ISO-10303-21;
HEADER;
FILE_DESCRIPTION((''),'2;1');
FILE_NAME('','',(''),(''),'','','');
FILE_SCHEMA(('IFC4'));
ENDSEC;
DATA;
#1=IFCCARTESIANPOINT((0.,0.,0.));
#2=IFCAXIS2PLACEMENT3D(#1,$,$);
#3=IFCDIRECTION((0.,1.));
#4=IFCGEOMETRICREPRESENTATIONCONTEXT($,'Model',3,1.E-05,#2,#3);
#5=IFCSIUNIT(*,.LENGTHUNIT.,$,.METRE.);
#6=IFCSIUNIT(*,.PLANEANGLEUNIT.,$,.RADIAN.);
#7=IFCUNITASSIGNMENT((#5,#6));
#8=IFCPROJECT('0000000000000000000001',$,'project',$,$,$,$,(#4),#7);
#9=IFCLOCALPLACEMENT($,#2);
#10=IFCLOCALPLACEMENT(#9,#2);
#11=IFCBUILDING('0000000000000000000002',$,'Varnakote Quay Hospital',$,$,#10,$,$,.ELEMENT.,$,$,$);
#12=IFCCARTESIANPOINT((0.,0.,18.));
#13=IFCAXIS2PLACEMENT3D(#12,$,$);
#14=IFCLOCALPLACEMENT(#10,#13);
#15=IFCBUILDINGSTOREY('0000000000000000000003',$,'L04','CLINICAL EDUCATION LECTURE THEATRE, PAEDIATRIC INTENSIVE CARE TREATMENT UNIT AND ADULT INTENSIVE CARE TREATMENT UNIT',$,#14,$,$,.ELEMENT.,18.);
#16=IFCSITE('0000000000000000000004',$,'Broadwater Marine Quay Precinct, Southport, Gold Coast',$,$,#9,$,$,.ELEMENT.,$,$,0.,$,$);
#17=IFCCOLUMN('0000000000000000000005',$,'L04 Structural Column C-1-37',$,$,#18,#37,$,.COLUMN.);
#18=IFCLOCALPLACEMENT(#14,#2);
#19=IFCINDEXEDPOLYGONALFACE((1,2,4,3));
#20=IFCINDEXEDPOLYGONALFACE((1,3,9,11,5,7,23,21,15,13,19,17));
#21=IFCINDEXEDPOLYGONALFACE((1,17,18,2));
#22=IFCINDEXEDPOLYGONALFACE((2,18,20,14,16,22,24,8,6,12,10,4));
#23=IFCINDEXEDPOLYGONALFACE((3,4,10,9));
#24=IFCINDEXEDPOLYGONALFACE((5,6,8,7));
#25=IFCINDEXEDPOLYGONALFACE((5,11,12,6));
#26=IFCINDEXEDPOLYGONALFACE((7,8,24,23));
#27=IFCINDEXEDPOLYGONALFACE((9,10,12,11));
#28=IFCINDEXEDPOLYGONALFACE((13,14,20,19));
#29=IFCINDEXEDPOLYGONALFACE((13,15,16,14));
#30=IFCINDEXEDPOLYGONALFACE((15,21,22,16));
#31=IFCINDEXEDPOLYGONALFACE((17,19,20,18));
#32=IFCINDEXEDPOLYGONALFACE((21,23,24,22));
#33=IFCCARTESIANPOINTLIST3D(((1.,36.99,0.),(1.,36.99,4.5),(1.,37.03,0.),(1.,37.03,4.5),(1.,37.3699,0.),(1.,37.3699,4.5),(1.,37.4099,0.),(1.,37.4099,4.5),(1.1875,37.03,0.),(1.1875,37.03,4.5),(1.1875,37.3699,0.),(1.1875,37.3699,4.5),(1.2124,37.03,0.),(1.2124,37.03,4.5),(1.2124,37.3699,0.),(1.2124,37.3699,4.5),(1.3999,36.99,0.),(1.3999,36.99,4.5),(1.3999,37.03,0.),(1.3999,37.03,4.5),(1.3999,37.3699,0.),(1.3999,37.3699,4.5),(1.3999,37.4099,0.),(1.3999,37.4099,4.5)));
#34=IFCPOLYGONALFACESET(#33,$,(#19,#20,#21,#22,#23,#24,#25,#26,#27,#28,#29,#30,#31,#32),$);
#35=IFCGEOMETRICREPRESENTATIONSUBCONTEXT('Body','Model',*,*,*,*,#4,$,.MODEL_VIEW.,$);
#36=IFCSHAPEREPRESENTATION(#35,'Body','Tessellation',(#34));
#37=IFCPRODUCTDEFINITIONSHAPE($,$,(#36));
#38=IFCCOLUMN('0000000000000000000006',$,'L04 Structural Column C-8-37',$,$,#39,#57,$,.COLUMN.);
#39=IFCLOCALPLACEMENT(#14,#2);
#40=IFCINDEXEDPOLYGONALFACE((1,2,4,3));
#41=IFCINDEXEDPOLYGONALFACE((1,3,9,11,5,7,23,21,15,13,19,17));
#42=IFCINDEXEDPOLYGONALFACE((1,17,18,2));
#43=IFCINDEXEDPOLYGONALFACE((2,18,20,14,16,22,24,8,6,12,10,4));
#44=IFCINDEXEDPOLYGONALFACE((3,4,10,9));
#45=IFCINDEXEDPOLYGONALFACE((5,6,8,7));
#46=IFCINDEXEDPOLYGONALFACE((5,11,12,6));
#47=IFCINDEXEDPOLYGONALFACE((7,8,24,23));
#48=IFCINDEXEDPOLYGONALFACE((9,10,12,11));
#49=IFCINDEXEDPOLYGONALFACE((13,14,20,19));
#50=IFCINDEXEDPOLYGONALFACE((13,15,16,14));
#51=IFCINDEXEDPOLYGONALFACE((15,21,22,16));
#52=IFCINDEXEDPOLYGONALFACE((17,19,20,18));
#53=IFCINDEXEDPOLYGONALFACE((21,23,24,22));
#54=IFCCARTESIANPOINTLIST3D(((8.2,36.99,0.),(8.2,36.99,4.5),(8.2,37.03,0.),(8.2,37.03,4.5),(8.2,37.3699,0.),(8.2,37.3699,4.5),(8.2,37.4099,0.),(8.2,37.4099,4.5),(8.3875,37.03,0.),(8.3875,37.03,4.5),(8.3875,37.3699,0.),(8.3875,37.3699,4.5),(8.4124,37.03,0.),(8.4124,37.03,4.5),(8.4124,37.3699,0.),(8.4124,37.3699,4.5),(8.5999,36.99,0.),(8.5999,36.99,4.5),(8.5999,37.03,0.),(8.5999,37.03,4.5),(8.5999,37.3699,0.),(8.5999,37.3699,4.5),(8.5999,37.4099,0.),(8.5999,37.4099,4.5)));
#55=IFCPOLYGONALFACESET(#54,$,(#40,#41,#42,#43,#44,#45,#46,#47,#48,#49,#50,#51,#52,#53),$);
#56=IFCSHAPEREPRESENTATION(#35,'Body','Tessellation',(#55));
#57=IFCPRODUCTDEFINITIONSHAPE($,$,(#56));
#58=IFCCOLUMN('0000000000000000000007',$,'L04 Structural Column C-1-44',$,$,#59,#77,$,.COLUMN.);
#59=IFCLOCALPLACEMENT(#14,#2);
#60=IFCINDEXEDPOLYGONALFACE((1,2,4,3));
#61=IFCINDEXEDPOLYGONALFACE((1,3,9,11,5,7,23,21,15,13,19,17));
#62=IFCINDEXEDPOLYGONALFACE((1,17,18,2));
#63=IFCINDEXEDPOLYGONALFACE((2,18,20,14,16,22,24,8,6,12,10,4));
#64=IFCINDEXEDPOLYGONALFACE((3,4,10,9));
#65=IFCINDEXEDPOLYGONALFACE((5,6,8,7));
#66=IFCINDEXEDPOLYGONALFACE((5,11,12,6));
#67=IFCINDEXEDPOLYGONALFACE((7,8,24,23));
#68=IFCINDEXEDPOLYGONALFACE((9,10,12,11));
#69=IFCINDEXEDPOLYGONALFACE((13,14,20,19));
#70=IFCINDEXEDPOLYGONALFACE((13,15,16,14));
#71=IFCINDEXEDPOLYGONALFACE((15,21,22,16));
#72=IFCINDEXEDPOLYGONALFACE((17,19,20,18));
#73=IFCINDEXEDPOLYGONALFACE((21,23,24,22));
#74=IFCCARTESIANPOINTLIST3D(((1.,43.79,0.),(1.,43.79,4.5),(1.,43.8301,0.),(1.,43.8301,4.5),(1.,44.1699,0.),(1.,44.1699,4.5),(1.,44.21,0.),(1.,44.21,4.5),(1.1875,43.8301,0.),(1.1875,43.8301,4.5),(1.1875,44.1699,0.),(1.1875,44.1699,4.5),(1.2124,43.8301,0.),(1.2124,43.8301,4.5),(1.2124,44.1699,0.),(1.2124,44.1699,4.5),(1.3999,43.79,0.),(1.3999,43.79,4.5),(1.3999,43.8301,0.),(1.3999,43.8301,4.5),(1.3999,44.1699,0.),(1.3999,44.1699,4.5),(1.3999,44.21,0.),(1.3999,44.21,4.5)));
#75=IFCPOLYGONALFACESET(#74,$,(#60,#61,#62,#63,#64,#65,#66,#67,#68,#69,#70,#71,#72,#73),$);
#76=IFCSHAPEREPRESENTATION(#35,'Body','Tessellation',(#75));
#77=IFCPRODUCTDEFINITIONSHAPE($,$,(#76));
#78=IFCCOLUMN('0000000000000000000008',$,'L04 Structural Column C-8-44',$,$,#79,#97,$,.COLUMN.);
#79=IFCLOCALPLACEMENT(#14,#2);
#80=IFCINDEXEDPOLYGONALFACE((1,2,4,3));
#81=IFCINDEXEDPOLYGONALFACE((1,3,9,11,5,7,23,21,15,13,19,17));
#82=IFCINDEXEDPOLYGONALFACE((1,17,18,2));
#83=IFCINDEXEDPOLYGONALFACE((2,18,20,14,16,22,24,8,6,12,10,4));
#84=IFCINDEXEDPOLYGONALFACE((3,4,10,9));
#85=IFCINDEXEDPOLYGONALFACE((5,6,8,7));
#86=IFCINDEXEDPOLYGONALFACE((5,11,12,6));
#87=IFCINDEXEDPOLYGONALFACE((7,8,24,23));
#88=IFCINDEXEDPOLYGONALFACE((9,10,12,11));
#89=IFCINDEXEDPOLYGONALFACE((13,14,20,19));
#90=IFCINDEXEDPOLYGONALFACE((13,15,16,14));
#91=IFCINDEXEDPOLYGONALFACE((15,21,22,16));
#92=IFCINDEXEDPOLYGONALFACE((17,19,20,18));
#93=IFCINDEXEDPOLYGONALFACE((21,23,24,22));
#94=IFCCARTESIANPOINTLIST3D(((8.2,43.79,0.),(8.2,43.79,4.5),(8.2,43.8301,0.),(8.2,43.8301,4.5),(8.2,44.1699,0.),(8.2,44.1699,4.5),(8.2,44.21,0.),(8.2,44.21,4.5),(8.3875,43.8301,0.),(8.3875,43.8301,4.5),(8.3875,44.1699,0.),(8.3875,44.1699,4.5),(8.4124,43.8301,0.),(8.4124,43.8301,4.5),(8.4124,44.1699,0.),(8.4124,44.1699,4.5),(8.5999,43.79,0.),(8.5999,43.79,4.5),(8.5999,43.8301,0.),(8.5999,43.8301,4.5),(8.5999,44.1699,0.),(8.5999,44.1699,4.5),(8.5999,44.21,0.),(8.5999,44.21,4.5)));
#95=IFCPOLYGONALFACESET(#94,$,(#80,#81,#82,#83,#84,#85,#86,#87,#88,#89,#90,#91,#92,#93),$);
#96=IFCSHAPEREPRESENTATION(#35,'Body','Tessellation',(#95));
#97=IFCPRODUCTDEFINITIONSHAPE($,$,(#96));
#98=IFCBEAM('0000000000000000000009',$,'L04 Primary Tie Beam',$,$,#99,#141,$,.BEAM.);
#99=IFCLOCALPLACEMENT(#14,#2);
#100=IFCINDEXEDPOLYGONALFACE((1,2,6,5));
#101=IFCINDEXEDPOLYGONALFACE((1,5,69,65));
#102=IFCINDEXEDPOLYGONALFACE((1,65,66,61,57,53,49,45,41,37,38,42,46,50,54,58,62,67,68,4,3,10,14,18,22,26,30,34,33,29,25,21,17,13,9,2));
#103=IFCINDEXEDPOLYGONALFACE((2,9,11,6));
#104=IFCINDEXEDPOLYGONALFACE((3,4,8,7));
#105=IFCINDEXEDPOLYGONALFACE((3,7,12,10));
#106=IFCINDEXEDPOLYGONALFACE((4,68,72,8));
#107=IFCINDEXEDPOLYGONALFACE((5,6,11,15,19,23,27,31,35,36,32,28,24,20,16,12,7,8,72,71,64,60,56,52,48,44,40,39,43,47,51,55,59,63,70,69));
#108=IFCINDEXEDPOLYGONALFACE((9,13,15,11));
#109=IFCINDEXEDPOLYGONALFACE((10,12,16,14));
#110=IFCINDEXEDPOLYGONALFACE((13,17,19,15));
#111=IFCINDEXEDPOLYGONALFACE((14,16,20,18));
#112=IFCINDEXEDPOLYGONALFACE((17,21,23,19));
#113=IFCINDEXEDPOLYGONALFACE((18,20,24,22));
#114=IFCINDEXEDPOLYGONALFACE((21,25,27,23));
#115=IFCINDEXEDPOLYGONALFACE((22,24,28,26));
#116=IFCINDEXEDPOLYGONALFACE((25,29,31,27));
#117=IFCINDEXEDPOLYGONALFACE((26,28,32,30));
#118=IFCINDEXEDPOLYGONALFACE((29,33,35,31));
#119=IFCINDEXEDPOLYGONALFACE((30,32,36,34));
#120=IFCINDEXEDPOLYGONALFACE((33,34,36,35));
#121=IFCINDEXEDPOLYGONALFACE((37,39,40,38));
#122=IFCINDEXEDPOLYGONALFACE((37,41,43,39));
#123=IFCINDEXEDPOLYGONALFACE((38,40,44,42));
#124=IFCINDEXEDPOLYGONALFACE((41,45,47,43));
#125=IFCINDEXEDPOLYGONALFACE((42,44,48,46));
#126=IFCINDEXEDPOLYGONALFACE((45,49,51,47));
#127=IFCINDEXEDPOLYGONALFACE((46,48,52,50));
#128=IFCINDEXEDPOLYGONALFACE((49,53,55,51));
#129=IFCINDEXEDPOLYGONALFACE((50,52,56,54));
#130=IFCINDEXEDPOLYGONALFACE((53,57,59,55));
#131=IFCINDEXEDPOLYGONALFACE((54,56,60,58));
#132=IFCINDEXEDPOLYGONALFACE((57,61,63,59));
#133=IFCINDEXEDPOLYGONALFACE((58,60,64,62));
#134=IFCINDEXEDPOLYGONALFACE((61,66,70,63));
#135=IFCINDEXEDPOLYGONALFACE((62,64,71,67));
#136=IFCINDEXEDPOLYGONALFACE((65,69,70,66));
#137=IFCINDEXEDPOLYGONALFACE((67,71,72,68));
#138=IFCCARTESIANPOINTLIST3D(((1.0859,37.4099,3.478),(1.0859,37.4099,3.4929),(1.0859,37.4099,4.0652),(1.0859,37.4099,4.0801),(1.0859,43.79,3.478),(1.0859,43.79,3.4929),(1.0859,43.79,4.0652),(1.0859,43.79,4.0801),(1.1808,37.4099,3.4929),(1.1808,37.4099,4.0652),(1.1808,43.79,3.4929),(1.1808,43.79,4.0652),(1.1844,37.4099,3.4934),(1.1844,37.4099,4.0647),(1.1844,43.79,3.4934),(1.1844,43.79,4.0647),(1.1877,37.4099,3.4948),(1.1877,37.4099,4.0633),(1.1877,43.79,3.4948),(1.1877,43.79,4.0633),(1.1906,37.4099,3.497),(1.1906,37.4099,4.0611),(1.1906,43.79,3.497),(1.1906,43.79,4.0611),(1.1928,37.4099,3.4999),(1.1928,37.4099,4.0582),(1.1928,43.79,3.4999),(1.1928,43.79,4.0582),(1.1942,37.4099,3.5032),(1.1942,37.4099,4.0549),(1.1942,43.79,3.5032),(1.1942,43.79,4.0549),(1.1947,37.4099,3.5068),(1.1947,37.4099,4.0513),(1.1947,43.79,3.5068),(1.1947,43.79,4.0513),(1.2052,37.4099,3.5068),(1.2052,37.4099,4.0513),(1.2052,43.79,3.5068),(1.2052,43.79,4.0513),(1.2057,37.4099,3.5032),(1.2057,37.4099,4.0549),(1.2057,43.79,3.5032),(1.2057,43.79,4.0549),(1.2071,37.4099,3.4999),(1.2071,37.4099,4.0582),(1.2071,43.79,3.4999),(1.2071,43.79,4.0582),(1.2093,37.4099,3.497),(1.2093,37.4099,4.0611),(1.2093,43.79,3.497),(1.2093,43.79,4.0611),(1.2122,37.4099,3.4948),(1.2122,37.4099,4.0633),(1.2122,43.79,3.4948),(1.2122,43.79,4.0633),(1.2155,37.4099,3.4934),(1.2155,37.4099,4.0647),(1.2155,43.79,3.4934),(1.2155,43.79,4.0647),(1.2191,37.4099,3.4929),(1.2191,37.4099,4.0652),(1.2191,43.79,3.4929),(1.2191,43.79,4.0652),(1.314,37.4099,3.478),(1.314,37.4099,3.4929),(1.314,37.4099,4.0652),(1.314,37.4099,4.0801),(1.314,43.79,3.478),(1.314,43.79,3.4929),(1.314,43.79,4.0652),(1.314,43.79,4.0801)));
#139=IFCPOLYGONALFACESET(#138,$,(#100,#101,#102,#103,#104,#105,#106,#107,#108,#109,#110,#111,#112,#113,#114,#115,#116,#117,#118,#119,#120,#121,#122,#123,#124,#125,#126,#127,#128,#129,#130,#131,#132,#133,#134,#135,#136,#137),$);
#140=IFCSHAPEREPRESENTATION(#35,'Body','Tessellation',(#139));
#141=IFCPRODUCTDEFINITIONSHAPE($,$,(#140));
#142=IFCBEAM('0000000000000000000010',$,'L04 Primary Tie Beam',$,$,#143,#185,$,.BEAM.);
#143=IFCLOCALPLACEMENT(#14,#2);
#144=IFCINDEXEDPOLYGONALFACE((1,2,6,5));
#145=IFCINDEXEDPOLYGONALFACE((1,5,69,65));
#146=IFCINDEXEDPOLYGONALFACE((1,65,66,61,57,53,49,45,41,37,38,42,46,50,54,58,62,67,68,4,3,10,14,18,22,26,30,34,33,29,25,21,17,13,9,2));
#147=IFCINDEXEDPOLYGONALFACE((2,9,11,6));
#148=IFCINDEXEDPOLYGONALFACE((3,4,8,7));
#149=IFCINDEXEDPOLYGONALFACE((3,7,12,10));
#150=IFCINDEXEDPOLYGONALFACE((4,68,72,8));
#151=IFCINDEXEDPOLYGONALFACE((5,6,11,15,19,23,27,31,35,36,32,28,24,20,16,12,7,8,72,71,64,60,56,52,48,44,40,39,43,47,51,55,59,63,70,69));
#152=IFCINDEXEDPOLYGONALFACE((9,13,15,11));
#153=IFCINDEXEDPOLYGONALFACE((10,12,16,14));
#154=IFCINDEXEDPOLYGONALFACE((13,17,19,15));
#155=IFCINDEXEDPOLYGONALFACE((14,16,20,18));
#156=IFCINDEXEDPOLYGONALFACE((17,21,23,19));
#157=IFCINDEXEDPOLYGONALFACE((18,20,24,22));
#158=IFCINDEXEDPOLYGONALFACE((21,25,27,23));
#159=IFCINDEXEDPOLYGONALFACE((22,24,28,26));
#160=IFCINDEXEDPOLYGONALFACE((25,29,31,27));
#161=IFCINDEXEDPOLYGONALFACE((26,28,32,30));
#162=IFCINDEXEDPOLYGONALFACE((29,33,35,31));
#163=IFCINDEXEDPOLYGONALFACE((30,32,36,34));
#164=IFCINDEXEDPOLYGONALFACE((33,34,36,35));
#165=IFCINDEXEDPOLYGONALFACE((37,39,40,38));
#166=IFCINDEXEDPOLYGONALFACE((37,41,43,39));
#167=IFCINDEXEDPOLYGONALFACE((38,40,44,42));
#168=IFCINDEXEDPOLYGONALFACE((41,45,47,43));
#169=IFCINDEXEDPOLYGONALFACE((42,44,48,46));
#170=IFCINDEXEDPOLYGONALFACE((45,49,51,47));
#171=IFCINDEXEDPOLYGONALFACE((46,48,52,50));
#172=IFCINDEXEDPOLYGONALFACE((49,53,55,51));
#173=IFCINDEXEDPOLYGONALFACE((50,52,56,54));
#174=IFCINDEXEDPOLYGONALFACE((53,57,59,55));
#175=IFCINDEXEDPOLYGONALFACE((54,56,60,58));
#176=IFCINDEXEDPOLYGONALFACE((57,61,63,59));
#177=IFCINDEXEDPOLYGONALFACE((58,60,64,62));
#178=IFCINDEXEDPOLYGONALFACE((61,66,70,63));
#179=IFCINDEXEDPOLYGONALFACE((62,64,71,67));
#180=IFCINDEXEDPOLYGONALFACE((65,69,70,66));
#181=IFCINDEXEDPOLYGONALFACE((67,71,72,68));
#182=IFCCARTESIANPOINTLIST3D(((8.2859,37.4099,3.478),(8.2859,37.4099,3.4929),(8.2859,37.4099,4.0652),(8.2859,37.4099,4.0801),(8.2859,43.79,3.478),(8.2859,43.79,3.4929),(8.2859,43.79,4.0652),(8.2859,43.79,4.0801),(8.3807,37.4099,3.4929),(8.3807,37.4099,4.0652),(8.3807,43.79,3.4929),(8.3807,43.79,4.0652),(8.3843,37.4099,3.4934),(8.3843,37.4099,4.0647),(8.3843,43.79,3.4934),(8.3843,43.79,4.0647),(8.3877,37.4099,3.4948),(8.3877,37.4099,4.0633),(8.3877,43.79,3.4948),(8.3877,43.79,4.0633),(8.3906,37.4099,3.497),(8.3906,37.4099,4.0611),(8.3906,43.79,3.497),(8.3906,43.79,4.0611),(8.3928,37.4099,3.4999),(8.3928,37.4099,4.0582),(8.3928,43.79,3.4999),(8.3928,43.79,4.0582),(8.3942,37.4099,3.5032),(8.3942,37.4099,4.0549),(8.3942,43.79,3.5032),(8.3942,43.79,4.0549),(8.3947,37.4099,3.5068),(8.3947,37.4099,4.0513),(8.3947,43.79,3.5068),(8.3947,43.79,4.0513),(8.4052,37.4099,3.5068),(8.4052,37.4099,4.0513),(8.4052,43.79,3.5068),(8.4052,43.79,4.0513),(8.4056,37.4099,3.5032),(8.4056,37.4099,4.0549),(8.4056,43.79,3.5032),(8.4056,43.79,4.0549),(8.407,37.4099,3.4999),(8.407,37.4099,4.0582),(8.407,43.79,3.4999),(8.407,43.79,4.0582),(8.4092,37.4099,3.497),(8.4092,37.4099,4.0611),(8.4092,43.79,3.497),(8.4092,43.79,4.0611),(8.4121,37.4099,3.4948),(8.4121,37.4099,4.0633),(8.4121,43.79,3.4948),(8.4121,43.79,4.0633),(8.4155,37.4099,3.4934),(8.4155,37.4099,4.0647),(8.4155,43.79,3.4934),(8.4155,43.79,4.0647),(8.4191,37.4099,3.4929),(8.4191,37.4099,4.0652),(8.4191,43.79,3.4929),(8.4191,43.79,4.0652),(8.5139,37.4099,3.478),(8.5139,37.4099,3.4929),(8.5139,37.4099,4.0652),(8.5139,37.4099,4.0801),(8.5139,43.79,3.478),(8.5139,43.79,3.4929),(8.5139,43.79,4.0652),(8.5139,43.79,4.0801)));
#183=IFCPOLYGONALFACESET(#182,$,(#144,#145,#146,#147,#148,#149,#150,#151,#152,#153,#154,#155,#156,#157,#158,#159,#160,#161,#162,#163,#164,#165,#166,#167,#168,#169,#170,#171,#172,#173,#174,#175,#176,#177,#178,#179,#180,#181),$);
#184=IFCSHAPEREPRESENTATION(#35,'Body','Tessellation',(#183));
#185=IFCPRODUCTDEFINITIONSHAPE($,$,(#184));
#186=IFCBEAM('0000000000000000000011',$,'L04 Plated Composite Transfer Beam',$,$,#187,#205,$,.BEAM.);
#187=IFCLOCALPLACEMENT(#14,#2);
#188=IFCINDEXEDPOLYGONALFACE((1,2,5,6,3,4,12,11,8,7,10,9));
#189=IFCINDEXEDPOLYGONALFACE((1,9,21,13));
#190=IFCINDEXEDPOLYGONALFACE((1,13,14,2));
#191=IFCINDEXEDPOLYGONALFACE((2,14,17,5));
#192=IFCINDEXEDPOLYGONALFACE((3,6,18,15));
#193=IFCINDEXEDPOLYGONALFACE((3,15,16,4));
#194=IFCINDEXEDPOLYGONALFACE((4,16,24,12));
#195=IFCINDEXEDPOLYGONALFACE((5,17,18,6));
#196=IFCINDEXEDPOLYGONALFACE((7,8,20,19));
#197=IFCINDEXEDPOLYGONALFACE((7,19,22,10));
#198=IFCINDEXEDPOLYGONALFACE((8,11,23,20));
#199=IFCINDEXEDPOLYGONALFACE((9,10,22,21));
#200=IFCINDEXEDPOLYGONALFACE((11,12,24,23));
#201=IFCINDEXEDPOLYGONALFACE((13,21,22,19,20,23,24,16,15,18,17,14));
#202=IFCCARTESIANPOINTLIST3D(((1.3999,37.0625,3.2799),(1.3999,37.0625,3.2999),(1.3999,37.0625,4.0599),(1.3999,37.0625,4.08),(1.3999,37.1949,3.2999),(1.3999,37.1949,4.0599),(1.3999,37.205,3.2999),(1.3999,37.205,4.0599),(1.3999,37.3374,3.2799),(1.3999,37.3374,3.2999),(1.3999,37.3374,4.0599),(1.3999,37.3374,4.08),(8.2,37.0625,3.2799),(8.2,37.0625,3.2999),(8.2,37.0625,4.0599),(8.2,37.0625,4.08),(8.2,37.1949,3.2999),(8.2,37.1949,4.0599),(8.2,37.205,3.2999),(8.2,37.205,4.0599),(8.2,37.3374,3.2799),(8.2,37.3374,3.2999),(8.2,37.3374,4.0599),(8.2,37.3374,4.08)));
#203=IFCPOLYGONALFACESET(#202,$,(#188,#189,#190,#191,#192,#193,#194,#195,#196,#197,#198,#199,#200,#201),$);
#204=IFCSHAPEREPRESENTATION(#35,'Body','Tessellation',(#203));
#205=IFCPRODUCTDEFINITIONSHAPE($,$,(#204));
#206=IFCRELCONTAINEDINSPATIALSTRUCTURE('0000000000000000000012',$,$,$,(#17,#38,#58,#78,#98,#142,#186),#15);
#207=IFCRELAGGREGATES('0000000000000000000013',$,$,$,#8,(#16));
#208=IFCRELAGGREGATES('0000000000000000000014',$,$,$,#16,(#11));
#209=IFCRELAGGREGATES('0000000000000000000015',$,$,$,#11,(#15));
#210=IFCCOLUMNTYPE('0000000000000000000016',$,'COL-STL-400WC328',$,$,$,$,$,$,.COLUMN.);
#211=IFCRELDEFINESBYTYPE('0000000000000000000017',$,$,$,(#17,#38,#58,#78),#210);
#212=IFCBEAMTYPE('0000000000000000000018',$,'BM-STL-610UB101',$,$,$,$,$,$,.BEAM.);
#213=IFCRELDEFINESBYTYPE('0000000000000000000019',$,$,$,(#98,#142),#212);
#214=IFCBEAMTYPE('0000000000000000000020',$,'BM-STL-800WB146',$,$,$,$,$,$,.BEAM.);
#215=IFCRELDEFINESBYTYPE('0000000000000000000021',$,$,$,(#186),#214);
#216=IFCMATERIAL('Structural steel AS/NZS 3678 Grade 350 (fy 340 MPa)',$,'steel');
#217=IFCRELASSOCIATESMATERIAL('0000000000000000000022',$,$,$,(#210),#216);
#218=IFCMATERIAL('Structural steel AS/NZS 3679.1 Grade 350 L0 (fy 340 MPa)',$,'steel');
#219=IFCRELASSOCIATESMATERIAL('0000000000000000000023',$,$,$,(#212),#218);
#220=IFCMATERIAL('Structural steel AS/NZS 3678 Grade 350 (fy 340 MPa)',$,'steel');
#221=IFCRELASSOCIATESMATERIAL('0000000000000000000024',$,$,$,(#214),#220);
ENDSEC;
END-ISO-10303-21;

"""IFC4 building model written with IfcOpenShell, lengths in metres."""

from ifc_helpers import new_model, si_unit, direction, frame, origin, origin_2d, place, context, subcontext, project, spatial, i_section, extrude, material, material_profile, profile_set, type_object, element, save


model = new_model("IFC4")

# Units and contexts
model_context = context("Model", 3, precision=1e-05, world=origin(), true_north=direction((0.0, 1.0)))
body_context = subcontext(model_context, "Body", "Model", "MODEL_VIEW")
ifc_project = project(units=[si_unit("LENGTHUNIT", "METRE"), si_unit("PLANEANGLEUNIT", "RADIAN")], contexts=[model_context])

# Site, building, storey
site_placement = place(None, origin())
site = spatial("IfcSite", under=ifc_project, at=site_placement, Name="Broadwater Marine Quay Precinct, Southport, Gold Coast", CompositionType="ELEMENT", RefElevation=0.0)
building_placement = place(site_placement, origin())
building = spatial("IfcBuilding", under=site, at=building_placement, Name="Varnakote Quay Hospital", CompositionType="ELEMENT")
storey_placement = place(building_placement, frame((0.0, 0.0, 18.0)))
storey = spatial("IfcBuildingStorey", under=building, at=storey_placement, Name="L04", Description="CLINICAL EDUCATION LECTURE THEATRE, PAEDIATRIC INTENSIVE CARE TREATMENT UNIT AND ADULT INTENSIVE CARE TREATMENT UNIT", CompositionType="ELEMENT", Elevation=18.0)

# Columns
ifc_material_1 = material(Name="Structural steel AS/NZS 3678 Grade 350 (fy 340 MPa)", Category="steel")
ifc_material_profile_1 = material_profile(ifc_material_1, i_section(OverallWidth=0.3999, OverallDepth=0.4199, WebThickness=0.0249, FlangeThickness=0.04, at=origin_2d()), Name="400WC328")
ifc_profile_set_1 = profile_set([ifc_material_profile_1], Name="Structural steel AS/NZS 3678 Grade 350 (fy 340 MPa)")
column_type = type_object("IfcColumnType", Name="COL-STL-400WC328", PredefinedType="COLUMN", material=ifc_profile_set_1)
for number, where, z_axis, x_axis, name in (
    (1, (1.2, 37.2, 0.0), (0.0, 0.0, 1.0), (1.0, 0.0, 0.0), "L04 Structural Column C-1-37"),
    (2, (8.3999, 37.2, 0.0), (0.0, 0.0, 1.0), (1.0, 0.0, 0.0), "L04 Structural Column C-8-37"),
    (3, (1.2, 44.0, 0.0), (0.0, 0.0, 1.0), (1.0, 0.0, 0.0), "L04 Structural Column C-1-44"),
    (4, (8.3999, 44.0, 0.0), (0.0, 0.0, 1.0), (1.0, 0.0, 0.0), "L04 Structural Column C-8-44"),
):
    element("IfcColumn", number, at=place(storey_placement, frame(where, z_axis=z_axis, x_axis=x_axis)), inside=storey, type_object=column_type, Name=name, PredefinedType="COLUMN", context=body_context, shape_type="SweptSolid", body=[
        extrude(i_section(OverallWidth=0.3999, OverallDepth=0.4199, WebThickness=0.0249, FlangeThickness=0.04, at=origin_2d()), origin(), (0.0, 0.0, 1.0), 4.5),
    ])

# Beams
ifc_material_2 = material(Name="Structural steel AS/NZS 3679.1 Grade 350 L0 (fy 340 MPa)", Category="steel")
ifc_material_profile_2 = material_profile(ifc_material_2, i_section(OverallWidth=0.228, OverallDepth=0.6021, WebThickness=0.0105, FlangeThickness=0.0149, FilletRadius=0.0139, at=origin_2d()), Name="610UB101")
ifc_profile_set_2 = profile_set([ifc_material_profile_2], Name="Structural steel AS/NZS 3679.1 Grade 350 L0 (fy 340 MPa)")
beam_type_1 = type_object("IfcBeamType", Name="BM-STL-610UB101", PredefinedType="BEAM", material=ifc_profile_set_2)
for number, where, z_axis, x_axis, name in (
    (5, (1.2, 37.4099, 3.7791), (0.0, 1.0, 0.0), (-1.0, 0.0, 0.0), "L04 Primary Tie Beam"),
    (6, (8.3999, 37.4099, 3.7791), (0.0, 1.0, 0.0), (-1.0, 0.0, 0.0), "L04 Primary Tie Beam"),
):
    element("IfcBeam", number, at=place(storey_placement, frame(where, z_axis=z_axis, x_axis=x_axis)), inside=storey, type_object=beam_type_1, Name=name, PredefinedType="BEAM", context=body_context, shape_type="SweptSolid", body=[
        extrude(i_section(OverallWidth=0.228, OverallDepth=0.6021, WebThickness=0.0105, FlangeThickness=0.0149, FilletRadius=0.0139, at=origin_2d()), origin(), (0.0, 0.0, 1.0), 6.3801),
    ])
ifc_material_3 = material(Name="Structural steel AS/NZS 3678 Grade 350 (fy 340 MPa)", Category="steel")
ifc_material_profile_3 = material_profile(ifc_material_3, i_section(OverallWidth=0.2749, OverallDepth=0.8, WebThickness=0.01, FlangeThickness=0.02, at=origin_2d()), Name="800WB146")
ifc_profile_set_3 = profile_set([ifc_material_profile_3], Name="Structural steel AS/NZS 3678 Grade 350 (fy 340 MPa)")
beam_type_2 = type_object("IfcBeamType", Name="BM-STL-800WB146", PredefinedType="BEAM", material=ifc_profile_set_3)
for number, where, z_axis, x_axis, name in (
    (7, (1.3999, 37.2, 3.6799), (1.0, 0.0, 0.0), (0.0, 1.0, 0.0), "L04 Plated Composite Transfer Beam"),
):
    element("IfcBeam", number, at=place(storey_placement, frame(where, z_axis=z_axis, x_axis=x_axis)), inside=storey, type_object=beam_type_2, Name=name, PredefinedType="BEAM", context=body_context, shape_type="SweptSolid", body=[
        extrude(i_section(OverallWidth=0.2749, OverallDepth=0.8, WebThickness=0.01, FlangeThickness=0.02, at=origin_2d()), origin(), (0.0, 0.0, 1.0), 6.8),
    ])

save(model, "model.ifc")
